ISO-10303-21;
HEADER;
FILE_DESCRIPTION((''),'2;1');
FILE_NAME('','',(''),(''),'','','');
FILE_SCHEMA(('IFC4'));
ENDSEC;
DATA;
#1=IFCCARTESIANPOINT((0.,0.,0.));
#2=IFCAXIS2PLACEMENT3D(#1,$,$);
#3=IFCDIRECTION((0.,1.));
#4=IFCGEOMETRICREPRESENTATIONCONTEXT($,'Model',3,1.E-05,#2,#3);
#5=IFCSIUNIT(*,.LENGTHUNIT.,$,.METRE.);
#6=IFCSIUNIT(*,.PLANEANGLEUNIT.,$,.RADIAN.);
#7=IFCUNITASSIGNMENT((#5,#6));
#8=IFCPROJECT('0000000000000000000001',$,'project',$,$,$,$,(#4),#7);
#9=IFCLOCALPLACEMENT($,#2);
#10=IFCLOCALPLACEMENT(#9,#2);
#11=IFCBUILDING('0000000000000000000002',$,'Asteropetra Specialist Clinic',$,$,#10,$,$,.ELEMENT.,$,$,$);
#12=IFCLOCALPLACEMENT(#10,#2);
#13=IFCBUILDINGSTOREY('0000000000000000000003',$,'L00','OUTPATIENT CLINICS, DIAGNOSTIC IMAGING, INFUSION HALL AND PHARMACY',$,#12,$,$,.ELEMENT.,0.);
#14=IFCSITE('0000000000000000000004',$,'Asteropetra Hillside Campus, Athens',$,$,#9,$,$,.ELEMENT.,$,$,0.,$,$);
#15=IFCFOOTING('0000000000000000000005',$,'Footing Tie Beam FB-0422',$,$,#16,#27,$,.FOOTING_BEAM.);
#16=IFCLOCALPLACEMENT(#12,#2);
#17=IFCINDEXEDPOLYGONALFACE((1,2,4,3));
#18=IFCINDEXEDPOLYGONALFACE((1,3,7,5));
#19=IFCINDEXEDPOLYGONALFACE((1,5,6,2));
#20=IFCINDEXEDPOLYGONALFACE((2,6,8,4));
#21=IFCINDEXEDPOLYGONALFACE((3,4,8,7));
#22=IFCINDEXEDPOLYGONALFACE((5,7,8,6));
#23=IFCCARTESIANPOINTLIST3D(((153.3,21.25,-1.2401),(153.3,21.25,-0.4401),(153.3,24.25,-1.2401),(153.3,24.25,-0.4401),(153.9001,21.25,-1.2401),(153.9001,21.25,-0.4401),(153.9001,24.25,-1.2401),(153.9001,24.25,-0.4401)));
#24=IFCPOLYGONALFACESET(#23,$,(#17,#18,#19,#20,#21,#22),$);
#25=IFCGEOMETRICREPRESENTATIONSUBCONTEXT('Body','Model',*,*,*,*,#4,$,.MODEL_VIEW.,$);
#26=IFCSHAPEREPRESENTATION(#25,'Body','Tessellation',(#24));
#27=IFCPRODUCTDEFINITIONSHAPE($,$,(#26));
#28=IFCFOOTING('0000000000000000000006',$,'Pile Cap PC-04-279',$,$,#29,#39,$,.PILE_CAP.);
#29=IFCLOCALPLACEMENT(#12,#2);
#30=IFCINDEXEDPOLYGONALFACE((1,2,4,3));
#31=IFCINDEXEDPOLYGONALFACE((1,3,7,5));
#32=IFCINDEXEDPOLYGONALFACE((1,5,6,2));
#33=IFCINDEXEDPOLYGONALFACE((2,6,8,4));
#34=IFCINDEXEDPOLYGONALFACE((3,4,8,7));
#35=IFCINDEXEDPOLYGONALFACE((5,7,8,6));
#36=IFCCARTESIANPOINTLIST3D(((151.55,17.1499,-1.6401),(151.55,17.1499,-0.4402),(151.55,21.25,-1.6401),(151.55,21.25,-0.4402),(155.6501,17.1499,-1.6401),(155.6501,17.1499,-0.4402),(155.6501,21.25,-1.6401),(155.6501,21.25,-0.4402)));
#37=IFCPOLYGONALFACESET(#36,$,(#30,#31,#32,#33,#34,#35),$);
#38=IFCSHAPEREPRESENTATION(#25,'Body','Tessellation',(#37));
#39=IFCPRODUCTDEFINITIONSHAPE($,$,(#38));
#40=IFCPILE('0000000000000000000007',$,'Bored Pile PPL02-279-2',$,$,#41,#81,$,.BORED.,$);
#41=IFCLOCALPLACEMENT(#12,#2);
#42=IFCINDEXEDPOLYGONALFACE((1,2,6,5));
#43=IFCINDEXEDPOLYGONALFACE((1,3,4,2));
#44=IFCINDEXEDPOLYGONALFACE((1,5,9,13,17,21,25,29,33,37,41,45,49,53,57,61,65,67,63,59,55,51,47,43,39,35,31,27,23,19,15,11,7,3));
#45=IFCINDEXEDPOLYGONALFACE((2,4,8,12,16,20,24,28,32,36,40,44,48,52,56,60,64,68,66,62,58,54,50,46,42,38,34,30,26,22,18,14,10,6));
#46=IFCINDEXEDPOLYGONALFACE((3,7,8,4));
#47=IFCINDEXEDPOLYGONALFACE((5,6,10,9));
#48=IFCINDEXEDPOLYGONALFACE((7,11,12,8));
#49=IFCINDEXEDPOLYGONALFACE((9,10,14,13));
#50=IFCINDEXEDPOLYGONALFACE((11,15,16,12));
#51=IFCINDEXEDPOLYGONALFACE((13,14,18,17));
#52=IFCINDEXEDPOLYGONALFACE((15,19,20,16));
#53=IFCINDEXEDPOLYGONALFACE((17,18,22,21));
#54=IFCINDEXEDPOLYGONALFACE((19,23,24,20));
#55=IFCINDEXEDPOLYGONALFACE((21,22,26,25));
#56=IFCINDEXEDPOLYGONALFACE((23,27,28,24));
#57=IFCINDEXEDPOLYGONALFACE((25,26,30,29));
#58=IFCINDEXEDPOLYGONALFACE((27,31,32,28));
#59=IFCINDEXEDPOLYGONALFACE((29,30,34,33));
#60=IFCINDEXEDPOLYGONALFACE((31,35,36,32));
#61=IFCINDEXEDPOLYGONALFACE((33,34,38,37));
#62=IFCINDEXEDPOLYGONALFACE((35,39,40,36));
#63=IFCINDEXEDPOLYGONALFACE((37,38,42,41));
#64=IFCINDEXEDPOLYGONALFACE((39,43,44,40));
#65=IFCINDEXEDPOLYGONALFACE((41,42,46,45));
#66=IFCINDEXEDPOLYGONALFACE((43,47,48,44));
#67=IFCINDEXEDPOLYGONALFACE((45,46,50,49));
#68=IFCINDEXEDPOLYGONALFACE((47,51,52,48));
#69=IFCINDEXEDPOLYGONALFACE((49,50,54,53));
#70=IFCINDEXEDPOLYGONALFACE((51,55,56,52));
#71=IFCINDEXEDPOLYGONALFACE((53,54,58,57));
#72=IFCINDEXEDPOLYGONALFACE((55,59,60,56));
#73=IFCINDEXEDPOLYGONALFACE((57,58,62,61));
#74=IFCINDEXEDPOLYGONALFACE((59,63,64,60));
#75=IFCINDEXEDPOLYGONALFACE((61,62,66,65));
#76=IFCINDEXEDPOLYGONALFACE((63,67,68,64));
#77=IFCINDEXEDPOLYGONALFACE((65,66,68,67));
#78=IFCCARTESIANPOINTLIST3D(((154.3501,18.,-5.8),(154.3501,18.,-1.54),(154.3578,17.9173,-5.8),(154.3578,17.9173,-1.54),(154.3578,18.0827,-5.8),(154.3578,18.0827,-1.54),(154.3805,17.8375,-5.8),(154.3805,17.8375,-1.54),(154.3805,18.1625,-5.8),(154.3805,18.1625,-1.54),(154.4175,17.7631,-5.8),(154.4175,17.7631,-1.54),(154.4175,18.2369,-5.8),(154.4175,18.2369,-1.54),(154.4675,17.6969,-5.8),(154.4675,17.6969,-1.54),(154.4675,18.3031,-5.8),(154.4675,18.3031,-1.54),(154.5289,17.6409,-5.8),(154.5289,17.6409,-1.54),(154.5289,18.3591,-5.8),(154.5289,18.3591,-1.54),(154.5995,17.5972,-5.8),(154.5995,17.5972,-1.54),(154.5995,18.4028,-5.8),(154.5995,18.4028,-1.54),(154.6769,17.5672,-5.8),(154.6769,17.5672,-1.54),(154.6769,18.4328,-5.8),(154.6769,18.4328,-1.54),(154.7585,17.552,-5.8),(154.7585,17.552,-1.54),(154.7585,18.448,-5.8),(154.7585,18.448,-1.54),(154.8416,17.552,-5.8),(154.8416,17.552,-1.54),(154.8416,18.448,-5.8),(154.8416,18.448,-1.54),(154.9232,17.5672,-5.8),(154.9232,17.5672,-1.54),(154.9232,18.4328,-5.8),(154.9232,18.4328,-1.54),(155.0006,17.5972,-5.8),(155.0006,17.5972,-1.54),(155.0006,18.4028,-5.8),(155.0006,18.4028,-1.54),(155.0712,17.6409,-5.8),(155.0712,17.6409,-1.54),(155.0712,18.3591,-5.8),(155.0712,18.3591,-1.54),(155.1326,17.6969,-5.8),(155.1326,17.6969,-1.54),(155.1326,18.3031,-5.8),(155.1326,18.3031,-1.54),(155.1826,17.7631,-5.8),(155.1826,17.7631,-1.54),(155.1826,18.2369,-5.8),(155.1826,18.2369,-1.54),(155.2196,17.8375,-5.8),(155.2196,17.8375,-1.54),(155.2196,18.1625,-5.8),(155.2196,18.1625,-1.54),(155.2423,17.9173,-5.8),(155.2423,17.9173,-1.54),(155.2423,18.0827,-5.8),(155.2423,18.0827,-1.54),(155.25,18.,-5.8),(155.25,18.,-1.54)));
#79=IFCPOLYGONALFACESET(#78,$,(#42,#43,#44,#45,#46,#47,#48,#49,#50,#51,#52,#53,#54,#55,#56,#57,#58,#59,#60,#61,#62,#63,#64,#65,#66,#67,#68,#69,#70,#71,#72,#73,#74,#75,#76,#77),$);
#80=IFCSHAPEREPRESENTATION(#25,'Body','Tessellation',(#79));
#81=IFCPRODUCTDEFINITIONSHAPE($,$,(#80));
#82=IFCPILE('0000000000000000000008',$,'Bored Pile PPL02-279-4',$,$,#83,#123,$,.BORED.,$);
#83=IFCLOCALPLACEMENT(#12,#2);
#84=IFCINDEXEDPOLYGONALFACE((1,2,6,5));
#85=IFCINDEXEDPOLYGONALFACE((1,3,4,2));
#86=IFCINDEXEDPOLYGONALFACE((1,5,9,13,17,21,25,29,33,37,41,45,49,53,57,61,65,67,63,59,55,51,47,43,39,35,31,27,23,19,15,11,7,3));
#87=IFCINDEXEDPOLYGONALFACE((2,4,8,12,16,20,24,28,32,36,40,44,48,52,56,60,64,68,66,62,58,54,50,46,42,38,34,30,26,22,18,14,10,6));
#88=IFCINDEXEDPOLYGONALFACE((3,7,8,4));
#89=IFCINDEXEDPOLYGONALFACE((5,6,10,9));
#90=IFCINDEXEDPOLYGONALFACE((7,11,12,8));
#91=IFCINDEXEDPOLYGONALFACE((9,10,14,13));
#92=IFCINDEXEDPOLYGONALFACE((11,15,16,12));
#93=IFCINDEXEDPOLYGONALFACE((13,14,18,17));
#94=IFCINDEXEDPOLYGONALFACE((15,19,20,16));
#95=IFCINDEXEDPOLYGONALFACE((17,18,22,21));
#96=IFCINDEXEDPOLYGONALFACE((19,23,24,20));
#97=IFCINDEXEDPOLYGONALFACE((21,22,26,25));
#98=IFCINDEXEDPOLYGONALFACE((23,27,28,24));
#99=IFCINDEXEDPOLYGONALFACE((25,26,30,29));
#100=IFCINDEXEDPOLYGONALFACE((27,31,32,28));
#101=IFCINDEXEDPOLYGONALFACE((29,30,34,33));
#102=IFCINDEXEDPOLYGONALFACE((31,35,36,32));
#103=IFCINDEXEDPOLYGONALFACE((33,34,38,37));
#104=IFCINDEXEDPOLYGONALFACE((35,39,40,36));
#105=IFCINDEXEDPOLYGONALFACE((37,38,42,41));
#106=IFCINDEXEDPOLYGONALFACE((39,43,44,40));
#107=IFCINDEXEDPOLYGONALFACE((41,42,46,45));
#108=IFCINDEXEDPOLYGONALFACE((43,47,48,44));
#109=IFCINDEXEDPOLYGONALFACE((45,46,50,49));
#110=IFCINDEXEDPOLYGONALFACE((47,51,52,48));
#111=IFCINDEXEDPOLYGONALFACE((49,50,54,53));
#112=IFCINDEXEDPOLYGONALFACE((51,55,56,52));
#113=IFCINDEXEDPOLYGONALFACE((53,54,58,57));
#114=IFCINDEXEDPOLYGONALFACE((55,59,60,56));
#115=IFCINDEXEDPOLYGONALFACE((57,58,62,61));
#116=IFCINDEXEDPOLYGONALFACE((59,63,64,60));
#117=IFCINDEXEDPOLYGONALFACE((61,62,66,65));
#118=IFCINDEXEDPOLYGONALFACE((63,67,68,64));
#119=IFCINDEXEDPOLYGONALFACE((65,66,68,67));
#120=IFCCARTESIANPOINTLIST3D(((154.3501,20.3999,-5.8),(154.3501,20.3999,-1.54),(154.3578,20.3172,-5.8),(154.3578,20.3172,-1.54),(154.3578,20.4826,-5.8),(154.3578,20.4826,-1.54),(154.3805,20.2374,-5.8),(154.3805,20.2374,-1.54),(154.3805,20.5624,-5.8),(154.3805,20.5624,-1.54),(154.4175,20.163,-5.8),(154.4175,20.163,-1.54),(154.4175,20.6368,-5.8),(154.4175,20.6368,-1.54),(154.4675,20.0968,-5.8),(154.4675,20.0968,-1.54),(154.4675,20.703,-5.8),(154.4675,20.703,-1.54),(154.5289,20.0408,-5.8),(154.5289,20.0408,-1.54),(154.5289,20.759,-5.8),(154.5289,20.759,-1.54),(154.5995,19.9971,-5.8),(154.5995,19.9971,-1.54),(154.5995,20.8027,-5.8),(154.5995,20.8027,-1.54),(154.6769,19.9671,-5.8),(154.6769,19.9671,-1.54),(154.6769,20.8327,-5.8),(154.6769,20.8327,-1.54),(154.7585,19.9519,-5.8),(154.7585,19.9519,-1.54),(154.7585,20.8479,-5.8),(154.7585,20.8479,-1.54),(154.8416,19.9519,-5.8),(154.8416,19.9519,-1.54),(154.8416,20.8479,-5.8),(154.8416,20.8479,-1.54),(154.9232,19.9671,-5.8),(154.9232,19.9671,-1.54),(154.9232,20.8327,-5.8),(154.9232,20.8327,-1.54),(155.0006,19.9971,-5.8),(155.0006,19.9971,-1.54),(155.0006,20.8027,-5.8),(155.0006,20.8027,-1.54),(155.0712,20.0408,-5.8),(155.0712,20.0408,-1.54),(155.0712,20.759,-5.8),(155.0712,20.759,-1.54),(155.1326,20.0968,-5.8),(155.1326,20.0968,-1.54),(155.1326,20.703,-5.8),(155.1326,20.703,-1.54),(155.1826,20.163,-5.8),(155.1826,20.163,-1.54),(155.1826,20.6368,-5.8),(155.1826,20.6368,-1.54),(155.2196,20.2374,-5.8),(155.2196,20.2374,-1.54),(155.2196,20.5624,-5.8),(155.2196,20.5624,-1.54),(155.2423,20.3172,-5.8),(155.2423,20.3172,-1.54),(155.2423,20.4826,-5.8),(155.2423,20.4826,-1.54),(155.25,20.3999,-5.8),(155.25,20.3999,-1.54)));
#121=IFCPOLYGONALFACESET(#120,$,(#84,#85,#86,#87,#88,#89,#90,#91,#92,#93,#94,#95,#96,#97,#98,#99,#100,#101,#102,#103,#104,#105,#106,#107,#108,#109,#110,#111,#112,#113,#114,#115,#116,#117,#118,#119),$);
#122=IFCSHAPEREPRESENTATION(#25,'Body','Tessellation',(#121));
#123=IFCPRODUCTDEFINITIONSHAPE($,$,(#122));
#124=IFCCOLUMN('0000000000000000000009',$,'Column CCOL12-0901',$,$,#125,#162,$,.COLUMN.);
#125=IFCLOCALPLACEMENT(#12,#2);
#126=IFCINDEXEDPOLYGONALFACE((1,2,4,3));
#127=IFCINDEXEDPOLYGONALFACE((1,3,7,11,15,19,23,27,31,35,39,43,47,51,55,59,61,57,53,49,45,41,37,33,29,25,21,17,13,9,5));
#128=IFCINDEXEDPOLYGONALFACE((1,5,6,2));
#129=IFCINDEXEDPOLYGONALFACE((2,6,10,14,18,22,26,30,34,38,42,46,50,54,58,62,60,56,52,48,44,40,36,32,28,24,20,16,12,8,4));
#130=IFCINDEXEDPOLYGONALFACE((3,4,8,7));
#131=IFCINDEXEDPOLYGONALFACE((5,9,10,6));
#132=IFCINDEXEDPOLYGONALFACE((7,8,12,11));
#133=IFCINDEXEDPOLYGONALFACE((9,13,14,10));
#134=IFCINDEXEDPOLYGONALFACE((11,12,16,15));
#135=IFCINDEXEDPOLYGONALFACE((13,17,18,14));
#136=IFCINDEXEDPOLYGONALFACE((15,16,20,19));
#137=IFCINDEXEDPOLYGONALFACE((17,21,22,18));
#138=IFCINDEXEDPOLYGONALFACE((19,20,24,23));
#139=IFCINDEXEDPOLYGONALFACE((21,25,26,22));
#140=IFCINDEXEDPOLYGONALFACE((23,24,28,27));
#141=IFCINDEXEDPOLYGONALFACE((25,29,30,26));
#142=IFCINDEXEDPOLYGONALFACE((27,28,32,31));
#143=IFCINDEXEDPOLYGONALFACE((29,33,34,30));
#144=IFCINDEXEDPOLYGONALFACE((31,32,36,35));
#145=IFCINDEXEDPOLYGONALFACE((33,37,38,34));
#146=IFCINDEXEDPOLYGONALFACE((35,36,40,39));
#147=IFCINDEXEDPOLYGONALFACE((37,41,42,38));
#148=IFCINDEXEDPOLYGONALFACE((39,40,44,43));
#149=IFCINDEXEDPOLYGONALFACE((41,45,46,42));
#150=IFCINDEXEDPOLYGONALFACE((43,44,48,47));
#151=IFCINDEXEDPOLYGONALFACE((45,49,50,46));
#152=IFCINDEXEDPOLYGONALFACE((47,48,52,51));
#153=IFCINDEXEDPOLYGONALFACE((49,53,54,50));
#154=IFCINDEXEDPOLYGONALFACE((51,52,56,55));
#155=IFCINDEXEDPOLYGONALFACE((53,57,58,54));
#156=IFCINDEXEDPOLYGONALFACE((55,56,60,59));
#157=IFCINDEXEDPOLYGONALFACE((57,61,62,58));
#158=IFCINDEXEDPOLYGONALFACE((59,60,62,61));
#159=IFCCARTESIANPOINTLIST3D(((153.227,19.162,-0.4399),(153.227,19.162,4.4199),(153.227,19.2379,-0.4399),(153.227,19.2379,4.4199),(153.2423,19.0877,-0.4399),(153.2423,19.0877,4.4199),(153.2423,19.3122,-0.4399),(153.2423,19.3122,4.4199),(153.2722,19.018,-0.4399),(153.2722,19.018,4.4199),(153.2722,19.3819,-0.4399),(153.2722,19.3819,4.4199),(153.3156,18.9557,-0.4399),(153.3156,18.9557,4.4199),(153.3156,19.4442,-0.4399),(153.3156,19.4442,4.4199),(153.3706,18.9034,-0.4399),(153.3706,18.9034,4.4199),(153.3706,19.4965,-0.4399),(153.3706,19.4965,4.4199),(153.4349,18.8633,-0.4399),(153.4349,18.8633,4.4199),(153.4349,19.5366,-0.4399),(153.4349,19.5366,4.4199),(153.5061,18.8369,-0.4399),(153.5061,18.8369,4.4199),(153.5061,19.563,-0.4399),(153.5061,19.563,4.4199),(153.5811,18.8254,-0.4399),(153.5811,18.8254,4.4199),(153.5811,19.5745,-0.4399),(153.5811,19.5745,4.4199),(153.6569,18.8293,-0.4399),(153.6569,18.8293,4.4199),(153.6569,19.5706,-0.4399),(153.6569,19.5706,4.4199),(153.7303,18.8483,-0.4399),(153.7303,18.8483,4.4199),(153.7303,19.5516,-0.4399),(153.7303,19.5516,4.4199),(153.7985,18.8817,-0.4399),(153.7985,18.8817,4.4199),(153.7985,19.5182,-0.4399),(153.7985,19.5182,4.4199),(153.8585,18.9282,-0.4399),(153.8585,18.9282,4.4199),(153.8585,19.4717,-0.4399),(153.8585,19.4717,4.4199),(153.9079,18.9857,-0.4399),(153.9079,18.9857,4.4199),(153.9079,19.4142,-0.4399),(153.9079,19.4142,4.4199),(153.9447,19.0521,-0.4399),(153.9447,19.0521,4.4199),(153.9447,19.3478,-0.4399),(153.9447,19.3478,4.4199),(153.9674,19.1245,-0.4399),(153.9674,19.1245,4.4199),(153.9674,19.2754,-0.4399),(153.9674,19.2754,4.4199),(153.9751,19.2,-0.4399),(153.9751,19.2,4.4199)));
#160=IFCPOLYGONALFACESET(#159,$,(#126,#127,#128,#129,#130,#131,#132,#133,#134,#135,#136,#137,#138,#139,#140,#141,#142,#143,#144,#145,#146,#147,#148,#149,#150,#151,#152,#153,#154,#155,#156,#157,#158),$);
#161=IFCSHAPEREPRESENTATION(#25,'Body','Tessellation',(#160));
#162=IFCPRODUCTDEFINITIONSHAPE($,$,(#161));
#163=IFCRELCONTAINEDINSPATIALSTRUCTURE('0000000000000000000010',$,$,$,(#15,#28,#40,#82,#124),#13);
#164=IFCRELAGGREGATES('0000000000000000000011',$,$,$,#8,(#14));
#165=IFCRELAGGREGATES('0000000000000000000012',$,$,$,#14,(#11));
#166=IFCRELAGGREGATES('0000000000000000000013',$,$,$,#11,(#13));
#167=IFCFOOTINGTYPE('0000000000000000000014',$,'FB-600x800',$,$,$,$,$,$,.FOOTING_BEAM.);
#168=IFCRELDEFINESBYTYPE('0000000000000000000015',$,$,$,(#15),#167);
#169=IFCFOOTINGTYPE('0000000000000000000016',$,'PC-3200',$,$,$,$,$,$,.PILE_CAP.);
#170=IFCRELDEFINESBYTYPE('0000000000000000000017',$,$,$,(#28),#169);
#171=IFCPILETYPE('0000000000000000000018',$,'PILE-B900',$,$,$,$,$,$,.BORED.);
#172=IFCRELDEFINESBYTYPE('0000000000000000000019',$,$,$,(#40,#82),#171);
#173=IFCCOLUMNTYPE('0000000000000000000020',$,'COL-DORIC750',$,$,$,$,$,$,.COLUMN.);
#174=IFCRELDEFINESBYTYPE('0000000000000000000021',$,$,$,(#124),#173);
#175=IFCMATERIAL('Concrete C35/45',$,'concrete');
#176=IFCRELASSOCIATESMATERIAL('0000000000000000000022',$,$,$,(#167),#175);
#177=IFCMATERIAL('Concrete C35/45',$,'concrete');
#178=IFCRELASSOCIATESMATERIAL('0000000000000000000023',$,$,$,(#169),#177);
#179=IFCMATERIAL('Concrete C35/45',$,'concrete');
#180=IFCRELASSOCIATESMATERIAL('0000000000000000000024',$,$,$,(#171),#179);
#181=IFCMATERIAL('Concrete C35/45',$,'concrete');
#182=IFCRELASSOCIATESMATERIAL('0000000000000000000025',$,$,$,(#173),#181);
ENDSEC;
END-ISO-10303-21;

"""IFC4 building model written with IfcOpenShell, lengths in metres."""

from ifc_helpers import new_model, si_unit, direction, frame, origin, origin_2d, place, context, subcontext, project, spatial, rectangle, circle, extrude, material, material_profile, profile_set, type_object, element, save


model = new_model("IFC4")

# Units and contexts
model_context = context("Model", 3, precision=1e-05, world=origin(), true_north=direction((0.0, 1.0)))
body_context = subcontext(model_context, "Body", "Model", "MODEL_VIEW")
ifc_project = project(units=[si_unit("LENGTHUNIT", "METRE"), si_unit("PLANEANGLEUNIT", "RADIAN")], contexts=[model_context])

# Site, building, storey
site_placement = place(None, origin())
site = spatial("IfcSite", under=ifc_project, at=site_placement, Name="Asteropetra Hillside Campus, Athens", CompositionType="ELEMENT", RefElevation=0.0)
building_placement = place(site_placement, origin())
building = spatial("IfcBuilding", under=site, at=building_placement, Name="Asteropetra Specialist Clinic", CompositionType="ELEMENT")
storey_placement = place(building_placement, origin())
storey = spatial("IfcBuildingStorey", under=building, at=storey_placement, Name="L00", Description="OUTPATIENT CLINICS, DIAGNOSTIC IMAGING, INFUSION HALL AND PHARMACY", CompositionType="ELEMENT", Elevation=0.0)

# Footings
ifc_material_1 = material(Name="Concrete C35/45", Category="concrete")
ifc_material_profile_1 = material_profile(ifc_material_1, rectangle(XDim=0.6001, YDim=0.8, at=origin_2d()), Name="FB 600x800")
ifc_profile_set_1 = profile_set([ifc_material_profile_1], Name="Concrete C35/45")
footing_type_1 = type_object("IfcFootingType", Name="FB-600x800", PredefinedType="FOOTING_BEAM", material=ifc_profile_set_1)
footing_1_placement = place(storey_placement, frame((153.6001, 21.25, -0.8401), z_axis=(0.0, 1.0, 0.0), x_axis=(-1.0, 0.0, 0.0)))
element("IfcFooting", 1, at=footing_1_placement, inside=storey, type_object=footing_type_1, Name="Footing Tie Beam FB-0422", PredefinedType="FOOTING_BEAM", context=body_context, shape_type="SweptSolid", body=[
    extrude(rectangle(XDim=0.6001, YDim=0.8, at=origin_2d()), origin(), (0.0, 0.0, 1.0), 3.0),
])
ifc_material_2 = material(Name="Concrete C35/45", Category="concrete")
footing_type_2 = type_object("IfcFootingType", Name="PC-3200", PredefinedType="PILE_CAP", material=ifc_material_2)
footing_2_placement = place(storey_placement, frame((153.6001, 19.2, -1.6401), z_axis=(0.0, 0.0, 1.0), x_axis=(1.0, 0.0, 0.0)))
element("IfcFooting", 2, at=footing_2_placement, inside=storey, type_object=footing_type_2, Name="Pile Cap PC-04-279", PredefinedType="PILE_CAP", context=body_context, shape_type="SweptSolid", body=[
    extrude(rectangle(XDim=4.1001, YDim=4.1001, at=origin_2d()), origin(), (0.0, 0.0, 1.0), 1.2),
])

# Piles
ifc_material_3 = material(Name="Concrete C35/45", Category="concrete")
ifc_material_profile_2 = material_profile(ifc_material_3, circle(Radius=0.45, at=origin_2d()), Name="PILE D900")
ifc_profile_set_2 = profile_set([ifc_material_profile_2], Name="Concrete C35/45")
pile_type = type_object("IfcPileType", Name="PILE-B900", PredefinedType="BORED", material=ifc_profile_set_2)
for number, where, z_axis, x_axis, name in (
    (3, (154.8, 18.0, -1.54), (0.0, 0.0, -1.0), (1.0, 0.0, 0.0), "Bored Pile PPL02-279-2"),
    (4, (154.8, 20.3999, -1.54), (0.0, 0.0, -1.0), (1.0, 0.0, 0.0), "Bored Pile PPL02-279-4"),
):
    element("IfcPile", number, at=place(storey_placement, frame(where, z_axis=z_axis, x_axis=x_axis)), inside=storey, type_object=pile_type, Name=name, PredefinedType="BORED", context=body_context, shape_type="SweptSolid", body=[
        extrude(circle(Radius=0.45, at=origin_2d()), origin(), (0.0, 0.0, 1.0), 4.26),
    ])

# Column
ifc_material_4 = material(Name="Concrete C35/45", Category="concrete")
ifc_material_profile_3 = material_profile(ifc_material_4, circle(Radius=0.375, at=origin_2d()), Name="RCC D750")
ifc_profile_set_3 = profile_set([ifc_material_profile_3], Name="Concrete C35/45")
column_type = type_object("IfcColumnType", Name="COL-DORIC750", PredefinedType="COLUMN", material=ifc_profile_set_3)
column_placement = place(storey_placement, frame((153.6001, 19.2, -0.4399), z_axis=(0.0, 0.0, 1.0), x_axis=(1.0, 0.0, 0.0)))
element("IfcColumn", 5, at=column_placement, inside=storey, type_object=column_type, Name="Column CCOL12-0901", PredefinedType="COLUMN", context=body_context, shape_type="SweptSolid", body=[
    extrude(circle(Radius=0.375, at=origin_2d()), origin(), (0.0, 0.0, 1.0), 4.8599),
])

save(model, "model.ifc")
